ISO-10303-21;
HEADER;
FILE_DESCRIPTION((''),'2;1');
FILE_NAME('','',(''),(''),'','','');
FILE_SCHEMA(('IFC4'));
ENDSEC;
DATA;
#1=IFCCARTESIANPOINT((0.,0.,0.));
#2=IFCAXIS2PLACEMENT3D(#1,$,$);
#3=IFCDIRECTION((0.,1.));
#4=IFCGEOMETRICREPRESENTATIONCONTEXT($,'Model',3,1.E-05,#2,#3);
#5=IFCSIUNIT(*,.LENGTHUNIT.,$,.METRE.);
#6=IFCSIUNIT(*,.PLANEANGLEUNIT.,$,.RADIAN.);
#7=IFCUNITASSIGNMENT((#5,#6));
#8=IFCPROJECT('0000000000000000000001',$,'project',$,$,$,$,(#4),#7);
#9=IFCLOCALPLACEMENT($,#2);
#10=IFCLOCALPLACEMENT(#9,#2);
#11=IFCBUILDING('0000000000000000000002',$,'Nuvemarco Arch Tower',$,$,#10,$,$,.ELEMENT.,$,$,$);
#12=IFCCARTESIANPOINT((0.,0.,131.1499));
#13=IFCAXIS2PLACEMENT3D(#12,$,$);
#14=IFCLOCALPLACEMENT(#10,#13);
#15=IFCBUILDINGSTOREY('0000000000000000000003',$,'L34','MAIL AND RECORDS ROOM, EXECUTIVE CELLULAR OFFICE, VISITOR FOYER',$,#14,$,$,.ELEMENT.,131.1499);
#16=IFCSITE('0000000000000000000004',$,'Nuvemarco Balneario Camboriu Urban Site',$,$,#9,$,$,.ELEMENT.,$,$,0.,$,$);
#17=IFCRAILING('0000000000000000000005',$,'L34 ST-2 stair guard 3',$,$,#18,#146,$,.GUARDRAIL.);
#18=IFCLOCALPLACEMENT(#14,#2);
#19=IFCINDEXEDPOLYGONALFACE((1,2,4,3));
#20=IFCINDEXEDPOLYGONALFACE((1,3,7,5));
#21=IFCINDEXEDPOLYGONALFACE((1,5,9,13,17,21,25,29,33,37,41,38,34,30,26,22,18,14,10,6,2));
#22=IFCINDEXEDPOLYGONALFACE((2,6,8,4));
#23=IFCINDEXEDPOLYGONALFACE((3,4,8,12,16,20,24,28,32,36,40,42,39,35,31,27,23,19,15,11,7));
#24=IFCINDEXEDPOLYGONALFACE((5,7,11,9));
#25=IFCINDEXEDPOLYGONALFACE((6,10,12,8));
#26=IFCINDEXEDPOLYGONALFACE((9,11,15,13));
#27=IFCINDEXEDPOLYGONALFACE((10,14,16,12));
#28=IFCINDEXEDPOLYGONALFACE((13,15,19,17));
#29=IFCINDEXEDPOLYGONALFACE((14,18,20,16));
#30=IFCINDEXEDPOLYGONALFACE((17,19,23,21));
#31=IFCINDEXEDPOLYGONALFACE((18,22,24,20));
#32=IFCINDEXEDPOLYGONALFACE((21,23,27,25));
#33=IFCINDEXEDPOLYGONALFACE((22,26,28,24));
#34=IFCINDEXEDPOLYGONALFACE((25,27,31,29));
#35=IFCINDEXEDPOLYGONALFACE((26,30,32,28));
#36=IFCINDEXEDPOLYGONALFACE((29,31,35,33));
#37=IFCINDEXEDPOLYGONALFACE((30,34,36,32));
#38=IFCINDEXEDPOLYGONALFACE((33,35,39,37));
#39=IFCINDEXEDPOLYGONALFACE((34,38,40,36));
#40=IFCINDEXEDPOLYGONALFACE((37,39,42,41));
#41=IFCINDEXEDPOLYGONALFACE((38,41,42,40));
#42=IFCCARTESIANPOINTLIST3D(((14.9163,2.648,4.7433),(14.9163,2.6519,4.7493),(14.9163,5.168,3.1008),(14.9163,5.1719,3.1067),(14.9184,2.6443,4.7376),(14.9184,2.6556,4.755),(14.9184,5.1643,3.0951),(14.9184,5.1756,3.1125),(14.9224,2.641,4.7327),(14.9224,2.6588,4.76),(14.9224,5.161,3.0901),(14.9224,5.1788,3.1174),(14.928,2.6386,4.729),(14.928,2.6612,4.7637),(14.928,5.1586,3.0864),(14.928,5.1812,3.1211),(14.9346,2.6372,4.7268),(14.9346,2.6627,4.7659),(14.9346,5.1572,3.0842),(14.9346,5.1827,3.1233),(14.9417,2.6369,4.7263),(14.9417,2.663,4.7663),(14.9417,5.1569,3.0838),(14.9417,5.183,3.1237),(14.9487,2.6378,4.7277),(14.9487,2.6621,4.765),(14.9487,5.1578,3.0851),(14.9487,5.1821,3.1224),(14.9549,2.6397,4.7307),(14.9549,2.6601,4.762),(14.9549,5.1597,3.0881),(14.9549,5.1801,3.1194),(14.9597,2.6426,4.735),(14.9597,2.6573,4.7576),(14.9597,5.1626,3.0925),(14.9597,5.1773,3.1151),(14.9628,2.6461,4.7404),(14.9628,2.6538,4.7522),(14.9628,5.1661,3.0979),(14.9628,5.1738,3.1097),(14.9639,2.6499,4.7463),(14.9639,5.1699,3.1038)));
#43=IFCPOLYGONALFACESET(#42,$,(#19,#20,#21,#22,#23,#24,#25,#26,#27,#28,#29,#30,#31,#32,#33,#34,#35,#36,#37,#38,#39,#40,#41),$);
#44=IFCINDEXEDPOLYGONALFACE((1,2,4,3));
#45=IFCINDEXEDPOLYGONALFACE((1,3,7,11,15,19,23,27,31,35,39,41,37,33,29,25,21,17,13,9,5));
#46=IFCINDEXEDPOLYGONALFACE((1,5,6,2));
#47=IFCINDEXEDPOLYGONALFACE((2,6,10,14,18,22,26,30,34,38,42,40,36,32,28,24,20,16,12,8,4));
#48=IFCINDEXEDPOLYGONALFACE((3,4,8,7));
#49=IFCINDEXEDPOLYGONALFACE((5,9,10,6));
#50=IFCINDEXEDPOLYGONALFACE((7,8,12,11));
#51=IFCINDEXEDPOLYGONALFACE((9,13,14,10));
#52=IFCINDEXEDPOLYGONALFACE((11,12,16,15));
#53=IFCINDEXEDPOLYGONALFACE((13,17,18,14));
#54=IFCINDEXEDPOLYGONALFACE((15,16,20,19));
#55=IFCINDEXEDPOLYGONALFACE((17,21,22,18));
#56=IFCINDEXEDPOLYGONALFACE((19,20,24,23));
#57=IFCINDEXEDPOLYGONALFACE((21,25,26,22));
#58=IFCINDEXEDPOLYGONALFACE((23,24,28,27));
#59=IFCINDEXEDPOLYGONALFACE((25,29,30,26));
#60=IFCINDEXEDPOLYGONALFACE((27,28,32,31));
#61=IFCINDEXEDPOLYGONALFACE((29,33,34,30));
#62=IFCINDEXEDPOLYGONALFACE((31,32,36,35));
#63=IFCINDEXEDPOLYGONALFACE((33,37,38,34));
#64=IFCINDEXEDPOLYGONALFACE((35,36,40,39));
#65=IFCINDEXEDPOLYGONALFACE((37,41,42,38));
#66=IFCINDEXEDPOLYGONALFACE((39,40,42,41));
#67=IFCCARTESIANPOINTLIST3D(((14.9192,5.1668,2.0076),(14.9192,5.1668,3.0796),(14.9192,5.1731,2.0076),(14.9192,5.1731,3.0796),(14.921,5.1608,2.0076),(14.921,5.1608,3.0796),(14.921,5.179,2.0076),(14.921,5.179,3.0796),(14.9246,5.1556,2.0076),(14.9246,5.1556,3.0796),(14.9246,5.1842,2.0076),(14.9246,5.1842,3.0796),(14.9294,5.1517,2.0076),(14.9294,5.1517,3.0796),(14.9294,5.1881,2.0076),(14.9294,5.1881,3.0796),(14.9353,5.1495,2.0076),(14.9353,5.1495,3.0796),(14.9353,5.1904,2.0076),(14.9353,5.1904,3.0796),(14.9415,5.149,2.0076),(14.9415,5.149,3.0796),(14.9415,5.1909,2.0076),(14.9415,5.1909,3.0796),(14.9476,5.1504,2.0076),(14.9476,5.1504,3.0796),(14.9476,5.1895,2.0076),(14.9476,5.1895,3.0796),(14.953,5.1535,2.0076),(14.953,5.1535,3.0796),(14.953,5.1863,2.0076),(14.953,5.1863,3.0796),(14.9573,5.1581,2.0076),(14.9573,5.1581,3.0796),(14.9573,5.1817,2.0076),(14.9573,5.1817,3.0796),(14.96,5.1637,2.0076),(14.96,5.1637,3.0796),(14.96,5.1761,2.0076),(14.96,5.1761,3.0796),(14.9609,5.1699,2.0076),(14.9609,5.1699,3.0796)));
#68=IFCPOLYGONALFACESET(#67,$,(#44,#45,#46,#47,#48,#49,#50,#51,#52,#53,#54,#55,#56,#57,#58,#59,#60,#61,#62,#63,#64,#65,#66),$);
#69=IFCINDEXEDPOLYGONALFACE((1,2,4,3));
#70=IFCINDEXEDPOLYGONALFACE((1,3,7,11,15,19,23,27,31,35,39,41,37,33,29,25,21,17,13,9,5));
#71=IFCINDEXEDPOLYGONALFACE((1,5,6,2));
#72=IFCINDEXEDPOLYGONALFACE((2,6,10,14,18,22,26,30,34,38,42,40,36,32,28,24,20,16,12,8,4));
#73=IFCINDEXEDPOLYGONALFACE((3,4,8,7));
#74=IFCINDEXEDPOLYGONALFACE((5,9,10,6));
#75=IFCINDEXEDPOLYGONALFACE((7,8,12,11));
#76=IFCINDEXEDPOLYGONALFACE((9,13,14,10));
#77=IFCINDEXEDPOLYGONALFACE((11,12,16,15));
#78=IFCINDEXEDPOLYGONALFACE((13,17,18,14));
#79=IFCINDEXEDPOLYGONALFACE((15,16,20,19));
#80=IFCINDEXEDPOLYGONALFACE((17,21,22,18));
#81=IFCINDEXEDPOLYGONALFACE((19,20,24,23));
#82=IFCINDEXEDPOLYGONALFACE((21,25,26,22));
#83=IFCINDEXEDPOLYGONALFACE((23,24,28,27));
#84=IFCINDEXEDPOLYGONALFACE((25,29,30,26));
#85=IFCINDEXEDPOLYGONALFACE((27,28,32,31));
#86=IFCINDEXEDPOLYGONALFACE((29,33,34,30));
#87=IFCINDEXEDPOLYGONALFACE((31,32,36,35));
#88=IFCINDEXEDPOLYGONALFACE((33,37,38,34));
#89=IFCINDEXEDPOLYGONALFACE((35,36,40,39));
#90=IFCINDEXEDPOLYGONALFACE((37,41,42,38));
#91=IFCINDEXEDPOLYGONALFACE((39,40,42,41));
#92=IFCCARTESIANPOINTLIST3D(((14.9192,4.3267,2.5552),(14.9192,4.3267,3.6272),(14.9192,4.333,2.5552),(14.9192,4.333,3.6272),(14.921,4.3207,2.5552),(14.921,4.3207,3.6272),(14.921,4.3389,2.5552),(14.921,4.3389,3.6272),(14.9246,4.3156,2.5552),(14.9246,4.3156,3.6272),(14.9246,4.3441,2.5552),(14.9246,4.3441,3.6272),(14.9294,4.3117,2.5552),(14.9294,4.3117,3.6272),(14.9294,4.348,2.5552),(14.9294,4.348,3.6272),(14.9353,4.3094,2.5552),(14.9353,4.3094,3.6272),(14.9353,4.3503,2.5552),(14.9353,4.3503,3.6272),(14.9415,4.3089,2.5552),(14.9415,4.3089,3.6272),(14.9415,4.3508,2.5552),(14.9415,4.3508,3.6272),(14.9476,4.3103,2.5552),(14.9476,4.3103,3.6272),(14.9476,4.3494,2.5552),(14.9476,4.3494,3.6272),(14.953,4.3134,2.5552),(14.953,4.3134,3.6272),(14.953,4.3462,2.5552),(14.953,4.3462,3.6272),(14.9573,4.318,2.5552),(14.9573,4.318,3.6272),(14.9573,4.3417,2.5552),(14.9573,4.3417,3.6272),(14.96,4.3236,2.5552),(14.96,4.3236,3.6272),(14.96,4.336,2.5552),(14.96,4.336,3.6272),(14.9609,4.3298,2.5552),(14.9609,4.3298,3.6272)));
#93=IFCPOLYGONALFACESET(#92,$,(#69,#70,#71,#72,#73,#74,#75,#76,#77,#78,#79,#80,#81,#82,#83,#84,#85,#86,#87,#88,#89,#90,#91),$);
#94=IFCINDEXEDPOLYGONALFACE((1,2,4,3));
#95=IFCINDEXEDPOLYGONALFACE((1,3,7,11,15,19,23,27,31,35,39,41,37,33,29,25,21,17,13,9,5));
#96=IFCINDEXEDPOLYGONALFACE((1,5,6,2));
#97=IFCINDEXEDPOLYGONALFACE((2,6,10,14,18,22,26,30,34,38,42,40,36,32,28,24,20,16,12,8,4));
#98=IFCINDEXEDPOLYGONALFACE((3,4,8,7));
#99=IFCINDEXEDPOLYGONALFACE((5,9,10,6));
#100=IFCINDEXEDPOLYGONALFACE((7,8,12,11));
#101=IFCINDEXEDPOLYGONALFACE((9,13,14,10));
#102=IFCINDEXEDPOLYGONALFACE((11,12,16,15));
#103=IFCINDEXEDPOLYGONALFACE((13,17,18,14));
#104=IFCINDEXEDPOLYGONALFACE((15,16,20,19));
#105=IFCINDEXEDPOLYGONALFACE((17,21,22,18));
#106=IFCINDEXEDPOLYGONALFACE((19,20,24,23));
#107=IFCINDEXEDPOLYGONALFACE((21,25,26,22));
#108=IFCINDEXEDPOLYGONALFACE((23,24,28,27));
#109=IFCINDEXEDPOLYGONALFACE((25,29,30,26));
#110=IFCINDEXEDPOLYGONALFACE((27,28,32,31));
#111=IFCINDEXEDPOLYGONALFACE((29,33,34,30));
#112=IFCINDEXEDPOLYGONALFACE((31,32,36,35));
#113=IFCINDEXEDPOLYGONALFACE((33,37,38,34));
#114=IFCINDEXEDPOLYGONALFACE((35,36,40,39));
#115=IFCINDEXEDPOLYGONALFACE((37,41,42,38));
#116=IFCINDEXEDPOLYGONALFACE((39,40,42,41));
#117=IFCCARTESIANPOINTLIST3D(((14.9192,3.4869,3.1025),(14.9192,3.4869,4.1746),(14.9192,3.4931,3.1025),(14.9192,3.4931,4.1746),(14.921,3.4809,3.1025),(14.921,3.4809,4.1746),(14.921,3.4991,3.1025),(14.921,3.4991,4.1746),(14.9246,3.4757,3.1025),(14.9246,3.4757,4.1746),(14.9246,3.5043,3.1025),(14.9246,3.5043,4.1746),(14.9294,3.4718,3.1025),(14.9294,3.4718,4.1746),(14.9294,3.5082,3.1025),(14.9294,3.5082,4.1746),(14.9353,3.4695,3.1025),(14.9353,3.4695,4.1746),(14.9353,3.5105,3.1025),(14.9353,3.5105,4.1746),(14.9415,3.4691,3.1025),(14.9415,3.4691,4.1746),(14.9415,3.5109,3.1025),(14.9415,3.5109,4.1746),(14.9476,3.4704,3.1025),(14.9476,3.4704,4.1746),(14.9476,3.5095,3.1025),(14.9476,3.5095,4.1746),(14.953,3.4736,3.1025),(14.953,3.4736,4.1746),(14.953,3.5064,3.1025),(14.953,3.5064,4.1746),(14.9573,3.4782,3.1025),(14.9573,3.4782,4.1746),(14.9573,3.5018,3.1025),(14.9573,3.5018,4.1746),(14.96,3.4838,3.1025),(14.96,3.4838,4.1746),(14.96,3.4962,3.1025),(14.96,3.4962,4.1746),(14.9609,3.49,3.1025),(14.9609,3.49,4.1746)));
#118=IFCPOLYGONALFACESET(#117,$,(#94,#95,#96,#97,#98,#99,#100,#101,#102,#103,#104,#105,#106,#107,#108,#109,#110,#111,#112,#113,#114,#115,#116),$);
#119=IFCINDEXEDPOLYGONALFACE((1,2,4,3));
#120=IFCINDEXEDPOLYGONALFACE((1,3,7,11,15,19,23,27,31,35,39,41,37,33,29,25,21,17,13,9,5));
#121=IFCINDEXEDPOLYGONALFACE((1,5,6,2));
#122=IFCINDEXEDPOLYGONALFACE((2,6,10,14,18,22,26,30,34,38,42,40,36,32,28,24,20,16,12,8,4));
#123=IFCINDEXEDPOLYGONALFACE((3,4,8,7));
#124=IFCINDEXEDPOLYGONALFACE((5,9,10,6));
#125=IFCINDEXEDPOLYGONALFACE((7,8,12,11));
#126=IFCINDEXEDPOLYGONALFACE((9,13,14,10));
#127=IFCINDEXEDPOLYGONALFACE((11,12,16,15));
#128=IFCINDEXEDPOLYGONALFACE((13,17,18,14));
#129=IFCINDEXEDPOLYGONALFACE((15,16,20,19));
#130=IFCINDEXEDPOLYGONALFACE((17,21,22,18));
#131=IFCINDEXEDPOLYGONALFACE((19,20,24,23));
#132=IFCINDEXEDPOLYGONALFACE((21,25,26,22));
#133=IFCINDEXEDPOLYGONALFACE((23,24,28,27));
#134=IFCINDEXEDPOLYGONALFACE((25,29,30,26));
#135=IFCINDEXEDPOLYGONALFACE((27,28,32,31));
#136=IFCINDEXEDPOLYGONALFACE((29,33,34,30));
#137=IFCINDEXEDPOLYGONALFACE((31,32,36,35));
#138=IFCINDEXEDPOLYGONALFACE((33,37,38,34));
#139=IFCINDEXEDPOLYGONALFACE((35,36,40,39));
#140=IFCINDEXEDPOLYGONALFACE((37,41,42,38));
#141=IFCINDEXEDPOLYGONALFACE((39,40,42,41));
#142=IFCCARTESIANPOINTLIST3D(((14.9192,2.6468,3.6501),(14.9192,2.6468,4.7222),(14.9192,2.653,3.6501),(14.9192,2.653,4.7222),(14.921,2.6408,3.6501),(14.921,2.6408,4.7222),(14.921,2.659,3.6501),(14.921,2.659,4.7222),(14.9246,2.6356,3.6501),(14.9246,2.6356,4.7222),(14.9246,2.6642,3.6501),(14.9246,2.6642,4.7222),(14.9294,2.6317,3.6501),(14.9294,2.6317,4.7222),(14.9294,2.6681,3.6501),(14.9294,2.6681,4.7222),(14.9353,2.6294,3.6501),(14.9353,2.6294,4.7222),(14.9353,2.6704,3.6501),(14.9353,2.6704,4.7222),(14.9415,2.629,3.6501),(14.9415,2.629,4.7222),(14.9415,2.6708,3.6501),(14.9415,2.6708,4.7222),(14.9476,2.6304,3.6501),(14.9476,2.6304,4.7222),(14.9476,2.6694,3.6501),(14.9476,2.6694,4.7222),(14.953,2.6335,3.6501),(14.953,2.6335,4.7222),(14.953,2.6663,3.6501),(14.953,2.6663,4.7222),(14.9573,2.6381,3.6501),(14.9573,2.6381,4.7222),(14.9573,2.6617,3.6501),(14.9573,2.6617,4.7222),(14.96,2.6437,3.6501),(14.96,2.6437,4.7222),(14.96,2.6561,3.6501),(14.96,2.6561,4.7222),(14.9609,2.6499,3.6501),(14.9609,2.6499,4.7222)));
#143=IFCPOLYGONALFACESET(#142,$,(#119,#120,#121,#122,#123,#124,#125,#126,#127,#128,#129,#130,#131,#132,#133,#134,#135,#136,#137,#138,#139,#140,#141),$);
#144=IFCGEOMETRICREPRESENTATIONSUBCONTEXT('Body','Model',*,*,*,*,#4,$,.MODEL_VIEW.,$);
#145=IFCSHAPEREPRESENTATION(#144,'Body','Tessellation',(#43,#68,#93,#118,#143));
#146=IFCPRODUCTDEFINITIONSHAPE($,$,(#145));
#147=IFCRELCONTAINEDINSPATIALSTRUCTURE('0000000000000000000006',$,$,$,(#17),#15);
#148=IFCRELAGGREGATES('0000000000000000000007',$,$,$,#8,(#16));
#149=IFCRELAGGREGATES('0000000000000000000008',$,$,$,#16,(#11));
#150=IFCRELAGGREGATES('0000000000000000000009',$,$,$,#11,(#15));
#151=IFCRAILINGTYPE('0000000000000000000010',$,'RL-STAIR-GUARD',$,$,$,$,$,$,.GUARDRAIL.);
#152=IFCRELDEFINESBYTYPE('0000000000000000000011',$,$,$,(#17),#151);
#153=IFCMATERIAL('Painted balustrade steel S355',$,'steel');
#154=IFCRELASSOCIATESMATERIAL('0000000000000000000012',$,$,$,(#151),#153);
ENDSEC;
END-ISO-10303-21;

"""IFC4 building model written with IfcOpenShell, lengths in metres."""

from ifc_helpers import new_model, si_unit, direction, frame, origin, origin_2d, place, context, subcontext, project, spatial, circle, extrude, material, type_object, element, save


model = new_model("IFC4")

# Units and contexts
model_context = context("Model", 3, precision=1e-05, world=origin(), true_north=direction((0.0, 1.0)))
body_context = subcontext(model_context, "Body", "Model", "MODEL_VIEW")
ifc_project = project(units=[si_unit("LENGTHUNIT", "METRE"), si_unit("PLANEANGLEUNIT", "RADIAN")], contexts=[model_context])

# Site, building, storey
site_placement = place(None, origin())
site = spatial("IfcSite", under=ifc_project, at=site_placement, Name="Nuvemarco Balneario Camboriu Urban Site", CompositionType="ELEMENT", RefElevation=0.0)
building_placement = place(site_placement, origin())
building = spatial("IfcBuilding", under=site, at=building_placement, Name="Nuvemarco Arch Tower", CompositionType="ELEMENT")
storey_placement = place(building_placement, frame((0.0, 0.0, 131.1499)))
storey = spatial("IfcBuildingStorey", under=building, at=storey_placement, Name="L34", Description="MAIL AND RECORDS ROOM, EXECUTIVE CELLULAR OFFICE, VISITOR FOYER", CompositionType="ELEMENT", Elevation=131.1499)

# Railing
ifc_material_1 = material(Name="Painted balustrade steel S355", Category="steel")
railing_type_1 = type_object("IfcRailingType", Name="RL-STAIR-GUARD", PredefinedType="GUARDRAIL", material=ifc_material_1)
railing_1_placement = place(storey_placement, frame((14.9399, 5.1699, 2.0076)))
element("IfcRailing", 1, at=railing_1_placement, inside=storey, type_object=railing_type_1, Name="L34 ST-2 stair guard 3", PredefinedType="GUARDRAIL", context=body_context, shape_type="SweptSolid", body=[
    extrude(circle(Radius=0.0239, at=origin_2d()), frame((0.0, 0.0, 1.0962), z_axis=(0.0, -0.837749, 0.546055), x_axis=(1.0, 0.0, 0.0)), (0.0, 0.0, 1.0), 3.0081),
    extrude(circle(Radius=0.021, at=origin_2d()), origin(), (0.0, 0.0, 1.0), 1.072),
    extrude(circle(Radius=0.021, at=origin_2d()), frame((0.0, -0.8401, 0.5476)), (0.0, 0.0, 1.0), 1.072),
    extrude(circle(Radius=0.021, at=origin_2d()), frame((0.0, -1.6799, 1.095)), (0.0, 0.0, 1.0), 1.072),
    extrude(circle(Radius=0.021, at=origin_2d()), frame((0.0, -2.52, 1.6426)), (0.0, 0.0, 1.0), 1.072),
])

save(model, "model.ifc")
